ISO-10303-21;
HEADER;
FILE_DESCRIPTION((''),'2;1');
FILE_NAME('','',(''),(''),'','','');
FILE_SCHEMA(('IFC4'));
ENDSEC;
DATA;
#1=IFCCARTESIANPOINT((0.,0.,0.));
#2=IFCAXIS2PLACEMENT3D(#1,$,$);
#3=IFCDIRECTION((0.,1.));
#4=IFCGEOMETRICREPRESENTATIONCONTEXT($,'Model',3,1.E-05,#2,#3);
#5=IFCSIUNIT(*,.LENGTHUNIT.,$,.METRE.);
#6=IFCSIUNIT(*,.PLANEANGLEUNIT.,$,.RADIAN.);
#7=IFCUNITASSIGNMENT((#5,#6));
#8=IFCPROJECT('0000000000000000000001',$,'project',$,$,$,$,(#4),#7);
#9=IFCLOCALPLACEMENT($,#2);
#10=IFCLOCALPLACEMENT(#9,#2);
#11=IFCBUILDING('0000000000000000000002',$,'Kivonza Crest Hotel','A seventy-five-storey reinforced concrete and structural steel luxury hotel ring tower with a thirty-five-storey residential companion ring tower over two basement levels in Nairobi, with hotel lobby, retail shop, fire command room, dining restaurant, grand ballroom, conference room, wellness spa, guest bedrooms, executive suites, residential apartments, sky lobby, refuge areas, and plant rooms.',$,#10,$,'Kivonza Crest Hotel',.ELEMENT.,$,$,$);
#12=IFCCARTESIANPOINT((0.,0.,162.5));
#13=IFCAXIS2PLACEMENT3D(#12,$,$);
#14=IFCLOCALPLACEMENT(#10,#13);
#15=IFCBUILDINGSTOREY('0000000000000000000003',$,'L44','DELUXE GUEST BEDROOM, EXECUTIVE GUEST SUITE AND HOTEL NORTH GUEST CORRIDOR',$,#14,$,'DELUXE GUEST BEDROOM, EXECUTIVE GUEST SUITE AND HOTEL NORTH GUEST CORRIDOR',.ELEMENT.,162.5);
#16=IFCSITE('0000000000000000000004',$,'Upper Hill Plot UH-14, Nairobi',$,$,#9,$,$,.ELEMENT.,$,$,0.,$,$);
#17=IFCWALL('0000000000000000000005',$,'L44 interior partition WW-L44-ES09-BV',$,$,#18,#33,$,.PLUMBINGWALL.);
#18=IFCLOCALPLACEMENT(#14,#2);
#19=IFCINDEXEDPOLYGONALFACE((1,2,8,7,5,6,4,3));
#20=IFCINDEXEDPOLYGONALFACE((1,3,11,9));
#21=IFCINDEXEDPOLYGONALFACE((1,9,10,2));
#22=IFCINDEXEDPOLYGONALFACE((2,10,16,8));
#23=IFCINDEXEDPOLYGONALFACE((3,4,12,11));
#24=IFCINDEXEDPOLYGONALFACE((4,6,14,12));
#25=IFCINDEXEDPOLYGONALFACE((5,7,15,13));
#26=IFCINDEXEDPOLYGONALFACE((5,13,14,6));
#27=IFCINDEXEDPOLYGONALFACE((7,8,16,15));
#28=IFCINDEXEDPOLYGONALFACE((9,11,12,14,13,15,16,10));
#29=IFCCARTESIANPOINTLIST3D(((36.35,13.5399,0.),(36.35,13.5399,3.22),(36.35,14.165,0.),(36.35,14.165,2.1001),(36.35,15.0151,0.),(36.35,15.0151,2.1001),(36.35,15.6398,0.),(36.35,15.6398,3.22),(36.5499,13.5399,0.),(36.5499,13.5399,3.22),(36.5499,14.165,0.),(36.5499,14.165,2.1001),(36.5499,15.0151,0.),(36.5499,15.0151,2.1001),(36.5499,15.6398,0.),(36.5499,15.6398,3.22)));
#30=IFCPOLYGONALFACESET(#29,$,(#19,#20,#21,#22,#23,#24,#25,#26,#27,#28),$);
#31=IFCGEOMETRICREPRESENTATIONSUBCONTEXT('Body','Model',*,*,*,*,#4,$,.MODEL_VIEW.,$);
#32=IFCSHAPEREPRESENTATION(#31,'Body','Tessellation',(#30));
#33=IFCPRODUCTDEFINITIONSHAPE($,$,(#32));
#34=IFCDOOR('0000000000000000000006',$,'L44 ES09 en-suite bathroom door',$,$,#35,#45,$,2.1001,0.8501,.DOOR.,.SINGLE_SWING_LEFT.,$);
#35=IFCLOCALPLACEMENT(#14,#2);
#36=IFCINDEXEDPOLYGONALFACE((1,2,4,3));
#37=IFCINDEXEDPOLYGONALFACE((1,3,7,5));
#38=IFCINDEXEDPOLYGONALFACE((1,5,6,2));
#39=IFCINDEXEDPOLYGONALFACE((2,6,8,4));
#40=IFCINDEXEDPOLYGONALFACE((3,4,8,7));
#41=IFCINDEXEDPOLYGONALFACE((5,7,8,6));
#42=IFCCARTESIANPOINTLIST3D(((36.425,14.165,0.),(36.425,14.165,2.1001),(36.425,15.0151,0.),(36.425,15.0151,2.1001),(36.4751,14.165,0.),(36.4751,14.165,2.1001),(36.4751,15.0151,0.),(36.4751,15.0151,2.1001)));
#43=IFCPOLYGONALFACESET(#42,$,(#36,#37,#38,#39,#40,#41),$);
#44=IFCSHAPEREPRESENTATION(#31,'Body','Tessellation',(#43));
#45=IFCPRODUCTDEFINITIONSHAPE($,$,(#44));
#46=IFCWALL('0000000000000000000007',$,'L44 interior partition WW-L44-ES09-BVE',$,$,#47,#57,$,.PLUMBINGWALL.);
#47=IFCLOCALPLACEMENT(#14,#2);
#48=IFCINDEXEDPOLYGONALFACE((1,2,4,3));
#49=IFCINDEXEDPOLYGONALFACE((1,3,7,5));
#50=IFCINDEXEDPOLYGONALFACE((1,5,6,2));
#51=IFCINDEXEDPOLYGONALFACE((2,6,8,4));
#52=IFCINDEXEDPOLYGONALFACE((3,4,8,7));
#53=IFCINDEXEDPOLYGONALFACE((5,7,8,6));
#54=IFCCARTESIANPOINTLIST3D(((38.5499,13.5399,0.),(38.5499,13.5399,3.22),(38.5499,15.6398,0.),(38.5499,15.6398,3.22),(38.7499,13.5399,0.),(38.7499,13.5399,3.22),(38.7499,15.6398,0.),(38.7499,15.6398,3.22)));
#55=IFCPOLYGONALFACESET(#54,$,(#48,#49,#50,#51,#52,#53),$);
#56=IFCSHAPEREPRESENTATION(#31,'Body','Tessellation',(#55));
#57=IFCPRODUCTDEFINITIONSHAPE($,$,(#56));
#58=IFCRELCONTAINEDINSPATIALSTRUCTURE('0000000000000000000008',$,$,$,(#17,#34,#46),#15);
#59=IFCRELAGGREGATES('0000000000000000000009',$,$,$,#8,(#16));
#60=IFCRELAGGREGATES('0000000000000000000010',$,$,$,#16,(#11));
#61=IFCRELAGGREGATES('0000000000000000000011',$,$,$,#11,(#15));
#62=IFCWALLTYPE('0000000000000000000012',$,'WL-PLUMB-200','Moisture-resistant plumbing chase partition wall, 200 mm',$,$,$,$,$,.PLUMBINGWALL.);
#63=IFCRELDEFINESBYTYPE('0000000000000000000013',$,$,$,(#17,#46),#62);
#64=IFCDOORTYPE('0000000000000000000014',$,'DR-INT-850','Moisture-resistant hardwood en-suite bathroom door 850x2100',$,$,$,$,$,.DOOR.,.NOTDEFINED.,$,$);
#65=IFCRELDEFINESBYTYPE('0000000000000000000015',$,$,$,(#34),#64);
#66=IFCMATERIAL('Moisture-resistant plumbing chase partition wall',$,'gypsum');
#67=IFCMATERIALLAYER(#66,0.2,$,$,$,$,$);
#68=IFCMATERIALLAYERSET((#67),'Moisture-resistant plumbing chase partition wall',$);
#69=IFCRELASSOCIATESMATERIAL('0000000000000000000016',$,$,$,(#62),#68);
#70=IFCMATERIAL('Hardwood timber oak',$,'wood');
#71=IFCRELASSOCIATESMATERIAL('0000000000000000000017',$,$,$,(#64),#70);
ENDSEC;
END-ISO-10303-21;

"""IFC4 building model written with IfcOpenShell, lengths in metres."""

from ifc_helpers import new_model, si_unit, direction, frame, frame_2d, origin, place, context, subcontext, project, spatial, rectangle, extrude, material, layer, layer_set, type_object, element, fill, save


model = new_model("IFC4")

# Units and contexts
model_context = context("Model", 3, precision=1e-05, world=origin(), true_north=direction((0.0, 1.0)))
body_context = subcontext(model_context, "Body", "Model", "MODEL_VIEW")
ifc_project = project(units=[si_unit("LENGTHUNIT", "METRE"), si_unit("PLANEANGLEUNIT", "RADIAN")], contexts=[model_context])

# Site, building, storey
site_placement = place(None, origin())
site = spatial("IfcSite", under=ifc_project, at=site_placement, Name="Upper Hill Plot UH-14, Nairobi", CompositionType="ELEMENT", RefElevation=0.0)
building_placement = place(site_placement, origin())
building = spatial("IfcBuilding", under=site, at=building_placement, Name="Kivonza Crest Hotel", Description="A seventy-five-storey reinforced concrete and structural steel luxury hotel ring tower with a thirty-five-storey residential companion ring tower over two basement levels in Nairobi, with hotel lobby, retail shop, fire command room, dining restaurant, grand ballroom, conference room, wellness spa, guest bedrooms, executive suites, residential apartments, sky lobby, refuge areas, and plant rooms.", LongName="Kivonza Crest Hotel", CompositionType="ELEMENT")
storey_placement = place(building_placement, frame((0.0, 0.0, 162.5)))
storey = spatial("IfcBuildingStorey", under=building, at=storey_placement, Name="L44", Description="DELUXE GUEST BEDROOM, EXECUTIVE GUEST SUITE AND HOTEL NORTH GUEST CORRIDOR", LongName="DELUXE GUEST BEDROOM, EXECUTIVE GUEST SUITE AND HOTEL NORTH GUEST CORRIDOR", CompositionType="ELEMENT", Elevation=162.5)

# Shared definitions
ifc_material_1 = material(Name="Hardwood timber oak", Category="wood")

# Wall, opening, door
ifc_material_2 = material(Name="Moisture-resistant plumbing chase partition wall", Category="gypsum")
ifc_layer_1 = layer(ifc_material_2, 0.2)
ifc_layer_set_1 = layer_set([ifc_layer_1], Name="Moisture-resistant plumbing chase partition wall")
wall_type_1 = type_object("IfcWallType", Name="WL-PLUMB-200", Description="Moisture-resistant plumbing chase partition wall, 200 mm", PredefinedType="PLUMBINGWALL", material=ifc_layer_set_1)
wall_1_placement = place(storey_placement, frame((36.45, 13.54, 0.0), z_axis=(0.0, 0.0, 1.0), x_axis=(0.0, 1.0, 0.0)))
wall_1 = element("IfcWall", 1, at=wall_1_placement, inside=storey, type_object=wall_type_1, Name="L44 interior partition WW-L44-ES09-BV", PredefinedType="PLUMBINGWALL", context=body_context, shape_type="SweptSolid", body=[
    extrude(rectangle(XDim=2.0999, YDim=0.2, at=frame_2d((1.0498, 0.0))), origin(), (0.0, 0.0, 1.0), 3.22),
])
opening_1_placement = place(wall_1_placement, frame((0.625, 0.0, 0.0)))
opening_1 = element("IfcOpeningElement", 2, at=opening_1_placement, cuts=wall_1, PredefinedType="OPENING", context=body_context, shape_type="SweptSolid", body=[
    extrude(rectangle(XDim=0.8501, YDim=2.1001, at=frame_2d((0.425, 1.05))), frame((0.0, 0.1099, 0.0), z_axis=(0.0, -1.0, 0.0), x_axis=(1.0, 0.0, 0.0)), (0.0, 0.0, 1.0), 0.22),
])
door_type_1 = type_object("IfcDoorType", Name="DR-INT-850", Description="Moisture-resistant hardwood en-suite bathroom door 850x2100", OperationType="NOTDEFINED", PredefinedType="DOOR", material=ifc_material_1)
door_1_placement = place(opening_1_placement, origin())
door_1 = element("IfcDoor", 3, at=door_1_placement, inside=storey, type_object=door_type_1, Name="L44 ES09 en-suite bathroom door", OperationType="SINGLE_SWING_LEFT", OverallHeight=2.1001, OverallWidth=0.8501, PredefinedType="DOOR", context=body_context, shape_type="SweptSolid", body=[
    extrude(rectangle(XDim=0.8501, YDim=2.1001, at=frame_2d((0.425, 1.05))), frame((0.0, 0.0249, 0.0), z_axis=(0.0, -1.0, 0.0), x_axis=(1.0, 0.0, 0.0)), (0.0, 0.0, 1.0), 0.05),
])
fill(opening_1, door_1)

# Wall
wall_2_placement = place(storey_placement, frame((38.6499, 13.54, 0.0), z_axis=(0.0, 0.0, 1.0), x_axis=(0.0, 1.0, 0.0)))
element("IfcWall", 4, at=wall_2_placement, inside=storey, type_object=wall_type_1, Name="L44 interior partition WW-L44-ES09-BVE", PredefinedType="PLUMBINGWALL", context=body_context, shape_type="SweptSolid", body=[
    extrude(rectangle(XDim=2.0999, YDim=0.2, at=frame_2d((1.0498, 0.0))), origin(), (0.0, 0.0, 1.0), 3.22),
])

save(model, "model.ifc")
